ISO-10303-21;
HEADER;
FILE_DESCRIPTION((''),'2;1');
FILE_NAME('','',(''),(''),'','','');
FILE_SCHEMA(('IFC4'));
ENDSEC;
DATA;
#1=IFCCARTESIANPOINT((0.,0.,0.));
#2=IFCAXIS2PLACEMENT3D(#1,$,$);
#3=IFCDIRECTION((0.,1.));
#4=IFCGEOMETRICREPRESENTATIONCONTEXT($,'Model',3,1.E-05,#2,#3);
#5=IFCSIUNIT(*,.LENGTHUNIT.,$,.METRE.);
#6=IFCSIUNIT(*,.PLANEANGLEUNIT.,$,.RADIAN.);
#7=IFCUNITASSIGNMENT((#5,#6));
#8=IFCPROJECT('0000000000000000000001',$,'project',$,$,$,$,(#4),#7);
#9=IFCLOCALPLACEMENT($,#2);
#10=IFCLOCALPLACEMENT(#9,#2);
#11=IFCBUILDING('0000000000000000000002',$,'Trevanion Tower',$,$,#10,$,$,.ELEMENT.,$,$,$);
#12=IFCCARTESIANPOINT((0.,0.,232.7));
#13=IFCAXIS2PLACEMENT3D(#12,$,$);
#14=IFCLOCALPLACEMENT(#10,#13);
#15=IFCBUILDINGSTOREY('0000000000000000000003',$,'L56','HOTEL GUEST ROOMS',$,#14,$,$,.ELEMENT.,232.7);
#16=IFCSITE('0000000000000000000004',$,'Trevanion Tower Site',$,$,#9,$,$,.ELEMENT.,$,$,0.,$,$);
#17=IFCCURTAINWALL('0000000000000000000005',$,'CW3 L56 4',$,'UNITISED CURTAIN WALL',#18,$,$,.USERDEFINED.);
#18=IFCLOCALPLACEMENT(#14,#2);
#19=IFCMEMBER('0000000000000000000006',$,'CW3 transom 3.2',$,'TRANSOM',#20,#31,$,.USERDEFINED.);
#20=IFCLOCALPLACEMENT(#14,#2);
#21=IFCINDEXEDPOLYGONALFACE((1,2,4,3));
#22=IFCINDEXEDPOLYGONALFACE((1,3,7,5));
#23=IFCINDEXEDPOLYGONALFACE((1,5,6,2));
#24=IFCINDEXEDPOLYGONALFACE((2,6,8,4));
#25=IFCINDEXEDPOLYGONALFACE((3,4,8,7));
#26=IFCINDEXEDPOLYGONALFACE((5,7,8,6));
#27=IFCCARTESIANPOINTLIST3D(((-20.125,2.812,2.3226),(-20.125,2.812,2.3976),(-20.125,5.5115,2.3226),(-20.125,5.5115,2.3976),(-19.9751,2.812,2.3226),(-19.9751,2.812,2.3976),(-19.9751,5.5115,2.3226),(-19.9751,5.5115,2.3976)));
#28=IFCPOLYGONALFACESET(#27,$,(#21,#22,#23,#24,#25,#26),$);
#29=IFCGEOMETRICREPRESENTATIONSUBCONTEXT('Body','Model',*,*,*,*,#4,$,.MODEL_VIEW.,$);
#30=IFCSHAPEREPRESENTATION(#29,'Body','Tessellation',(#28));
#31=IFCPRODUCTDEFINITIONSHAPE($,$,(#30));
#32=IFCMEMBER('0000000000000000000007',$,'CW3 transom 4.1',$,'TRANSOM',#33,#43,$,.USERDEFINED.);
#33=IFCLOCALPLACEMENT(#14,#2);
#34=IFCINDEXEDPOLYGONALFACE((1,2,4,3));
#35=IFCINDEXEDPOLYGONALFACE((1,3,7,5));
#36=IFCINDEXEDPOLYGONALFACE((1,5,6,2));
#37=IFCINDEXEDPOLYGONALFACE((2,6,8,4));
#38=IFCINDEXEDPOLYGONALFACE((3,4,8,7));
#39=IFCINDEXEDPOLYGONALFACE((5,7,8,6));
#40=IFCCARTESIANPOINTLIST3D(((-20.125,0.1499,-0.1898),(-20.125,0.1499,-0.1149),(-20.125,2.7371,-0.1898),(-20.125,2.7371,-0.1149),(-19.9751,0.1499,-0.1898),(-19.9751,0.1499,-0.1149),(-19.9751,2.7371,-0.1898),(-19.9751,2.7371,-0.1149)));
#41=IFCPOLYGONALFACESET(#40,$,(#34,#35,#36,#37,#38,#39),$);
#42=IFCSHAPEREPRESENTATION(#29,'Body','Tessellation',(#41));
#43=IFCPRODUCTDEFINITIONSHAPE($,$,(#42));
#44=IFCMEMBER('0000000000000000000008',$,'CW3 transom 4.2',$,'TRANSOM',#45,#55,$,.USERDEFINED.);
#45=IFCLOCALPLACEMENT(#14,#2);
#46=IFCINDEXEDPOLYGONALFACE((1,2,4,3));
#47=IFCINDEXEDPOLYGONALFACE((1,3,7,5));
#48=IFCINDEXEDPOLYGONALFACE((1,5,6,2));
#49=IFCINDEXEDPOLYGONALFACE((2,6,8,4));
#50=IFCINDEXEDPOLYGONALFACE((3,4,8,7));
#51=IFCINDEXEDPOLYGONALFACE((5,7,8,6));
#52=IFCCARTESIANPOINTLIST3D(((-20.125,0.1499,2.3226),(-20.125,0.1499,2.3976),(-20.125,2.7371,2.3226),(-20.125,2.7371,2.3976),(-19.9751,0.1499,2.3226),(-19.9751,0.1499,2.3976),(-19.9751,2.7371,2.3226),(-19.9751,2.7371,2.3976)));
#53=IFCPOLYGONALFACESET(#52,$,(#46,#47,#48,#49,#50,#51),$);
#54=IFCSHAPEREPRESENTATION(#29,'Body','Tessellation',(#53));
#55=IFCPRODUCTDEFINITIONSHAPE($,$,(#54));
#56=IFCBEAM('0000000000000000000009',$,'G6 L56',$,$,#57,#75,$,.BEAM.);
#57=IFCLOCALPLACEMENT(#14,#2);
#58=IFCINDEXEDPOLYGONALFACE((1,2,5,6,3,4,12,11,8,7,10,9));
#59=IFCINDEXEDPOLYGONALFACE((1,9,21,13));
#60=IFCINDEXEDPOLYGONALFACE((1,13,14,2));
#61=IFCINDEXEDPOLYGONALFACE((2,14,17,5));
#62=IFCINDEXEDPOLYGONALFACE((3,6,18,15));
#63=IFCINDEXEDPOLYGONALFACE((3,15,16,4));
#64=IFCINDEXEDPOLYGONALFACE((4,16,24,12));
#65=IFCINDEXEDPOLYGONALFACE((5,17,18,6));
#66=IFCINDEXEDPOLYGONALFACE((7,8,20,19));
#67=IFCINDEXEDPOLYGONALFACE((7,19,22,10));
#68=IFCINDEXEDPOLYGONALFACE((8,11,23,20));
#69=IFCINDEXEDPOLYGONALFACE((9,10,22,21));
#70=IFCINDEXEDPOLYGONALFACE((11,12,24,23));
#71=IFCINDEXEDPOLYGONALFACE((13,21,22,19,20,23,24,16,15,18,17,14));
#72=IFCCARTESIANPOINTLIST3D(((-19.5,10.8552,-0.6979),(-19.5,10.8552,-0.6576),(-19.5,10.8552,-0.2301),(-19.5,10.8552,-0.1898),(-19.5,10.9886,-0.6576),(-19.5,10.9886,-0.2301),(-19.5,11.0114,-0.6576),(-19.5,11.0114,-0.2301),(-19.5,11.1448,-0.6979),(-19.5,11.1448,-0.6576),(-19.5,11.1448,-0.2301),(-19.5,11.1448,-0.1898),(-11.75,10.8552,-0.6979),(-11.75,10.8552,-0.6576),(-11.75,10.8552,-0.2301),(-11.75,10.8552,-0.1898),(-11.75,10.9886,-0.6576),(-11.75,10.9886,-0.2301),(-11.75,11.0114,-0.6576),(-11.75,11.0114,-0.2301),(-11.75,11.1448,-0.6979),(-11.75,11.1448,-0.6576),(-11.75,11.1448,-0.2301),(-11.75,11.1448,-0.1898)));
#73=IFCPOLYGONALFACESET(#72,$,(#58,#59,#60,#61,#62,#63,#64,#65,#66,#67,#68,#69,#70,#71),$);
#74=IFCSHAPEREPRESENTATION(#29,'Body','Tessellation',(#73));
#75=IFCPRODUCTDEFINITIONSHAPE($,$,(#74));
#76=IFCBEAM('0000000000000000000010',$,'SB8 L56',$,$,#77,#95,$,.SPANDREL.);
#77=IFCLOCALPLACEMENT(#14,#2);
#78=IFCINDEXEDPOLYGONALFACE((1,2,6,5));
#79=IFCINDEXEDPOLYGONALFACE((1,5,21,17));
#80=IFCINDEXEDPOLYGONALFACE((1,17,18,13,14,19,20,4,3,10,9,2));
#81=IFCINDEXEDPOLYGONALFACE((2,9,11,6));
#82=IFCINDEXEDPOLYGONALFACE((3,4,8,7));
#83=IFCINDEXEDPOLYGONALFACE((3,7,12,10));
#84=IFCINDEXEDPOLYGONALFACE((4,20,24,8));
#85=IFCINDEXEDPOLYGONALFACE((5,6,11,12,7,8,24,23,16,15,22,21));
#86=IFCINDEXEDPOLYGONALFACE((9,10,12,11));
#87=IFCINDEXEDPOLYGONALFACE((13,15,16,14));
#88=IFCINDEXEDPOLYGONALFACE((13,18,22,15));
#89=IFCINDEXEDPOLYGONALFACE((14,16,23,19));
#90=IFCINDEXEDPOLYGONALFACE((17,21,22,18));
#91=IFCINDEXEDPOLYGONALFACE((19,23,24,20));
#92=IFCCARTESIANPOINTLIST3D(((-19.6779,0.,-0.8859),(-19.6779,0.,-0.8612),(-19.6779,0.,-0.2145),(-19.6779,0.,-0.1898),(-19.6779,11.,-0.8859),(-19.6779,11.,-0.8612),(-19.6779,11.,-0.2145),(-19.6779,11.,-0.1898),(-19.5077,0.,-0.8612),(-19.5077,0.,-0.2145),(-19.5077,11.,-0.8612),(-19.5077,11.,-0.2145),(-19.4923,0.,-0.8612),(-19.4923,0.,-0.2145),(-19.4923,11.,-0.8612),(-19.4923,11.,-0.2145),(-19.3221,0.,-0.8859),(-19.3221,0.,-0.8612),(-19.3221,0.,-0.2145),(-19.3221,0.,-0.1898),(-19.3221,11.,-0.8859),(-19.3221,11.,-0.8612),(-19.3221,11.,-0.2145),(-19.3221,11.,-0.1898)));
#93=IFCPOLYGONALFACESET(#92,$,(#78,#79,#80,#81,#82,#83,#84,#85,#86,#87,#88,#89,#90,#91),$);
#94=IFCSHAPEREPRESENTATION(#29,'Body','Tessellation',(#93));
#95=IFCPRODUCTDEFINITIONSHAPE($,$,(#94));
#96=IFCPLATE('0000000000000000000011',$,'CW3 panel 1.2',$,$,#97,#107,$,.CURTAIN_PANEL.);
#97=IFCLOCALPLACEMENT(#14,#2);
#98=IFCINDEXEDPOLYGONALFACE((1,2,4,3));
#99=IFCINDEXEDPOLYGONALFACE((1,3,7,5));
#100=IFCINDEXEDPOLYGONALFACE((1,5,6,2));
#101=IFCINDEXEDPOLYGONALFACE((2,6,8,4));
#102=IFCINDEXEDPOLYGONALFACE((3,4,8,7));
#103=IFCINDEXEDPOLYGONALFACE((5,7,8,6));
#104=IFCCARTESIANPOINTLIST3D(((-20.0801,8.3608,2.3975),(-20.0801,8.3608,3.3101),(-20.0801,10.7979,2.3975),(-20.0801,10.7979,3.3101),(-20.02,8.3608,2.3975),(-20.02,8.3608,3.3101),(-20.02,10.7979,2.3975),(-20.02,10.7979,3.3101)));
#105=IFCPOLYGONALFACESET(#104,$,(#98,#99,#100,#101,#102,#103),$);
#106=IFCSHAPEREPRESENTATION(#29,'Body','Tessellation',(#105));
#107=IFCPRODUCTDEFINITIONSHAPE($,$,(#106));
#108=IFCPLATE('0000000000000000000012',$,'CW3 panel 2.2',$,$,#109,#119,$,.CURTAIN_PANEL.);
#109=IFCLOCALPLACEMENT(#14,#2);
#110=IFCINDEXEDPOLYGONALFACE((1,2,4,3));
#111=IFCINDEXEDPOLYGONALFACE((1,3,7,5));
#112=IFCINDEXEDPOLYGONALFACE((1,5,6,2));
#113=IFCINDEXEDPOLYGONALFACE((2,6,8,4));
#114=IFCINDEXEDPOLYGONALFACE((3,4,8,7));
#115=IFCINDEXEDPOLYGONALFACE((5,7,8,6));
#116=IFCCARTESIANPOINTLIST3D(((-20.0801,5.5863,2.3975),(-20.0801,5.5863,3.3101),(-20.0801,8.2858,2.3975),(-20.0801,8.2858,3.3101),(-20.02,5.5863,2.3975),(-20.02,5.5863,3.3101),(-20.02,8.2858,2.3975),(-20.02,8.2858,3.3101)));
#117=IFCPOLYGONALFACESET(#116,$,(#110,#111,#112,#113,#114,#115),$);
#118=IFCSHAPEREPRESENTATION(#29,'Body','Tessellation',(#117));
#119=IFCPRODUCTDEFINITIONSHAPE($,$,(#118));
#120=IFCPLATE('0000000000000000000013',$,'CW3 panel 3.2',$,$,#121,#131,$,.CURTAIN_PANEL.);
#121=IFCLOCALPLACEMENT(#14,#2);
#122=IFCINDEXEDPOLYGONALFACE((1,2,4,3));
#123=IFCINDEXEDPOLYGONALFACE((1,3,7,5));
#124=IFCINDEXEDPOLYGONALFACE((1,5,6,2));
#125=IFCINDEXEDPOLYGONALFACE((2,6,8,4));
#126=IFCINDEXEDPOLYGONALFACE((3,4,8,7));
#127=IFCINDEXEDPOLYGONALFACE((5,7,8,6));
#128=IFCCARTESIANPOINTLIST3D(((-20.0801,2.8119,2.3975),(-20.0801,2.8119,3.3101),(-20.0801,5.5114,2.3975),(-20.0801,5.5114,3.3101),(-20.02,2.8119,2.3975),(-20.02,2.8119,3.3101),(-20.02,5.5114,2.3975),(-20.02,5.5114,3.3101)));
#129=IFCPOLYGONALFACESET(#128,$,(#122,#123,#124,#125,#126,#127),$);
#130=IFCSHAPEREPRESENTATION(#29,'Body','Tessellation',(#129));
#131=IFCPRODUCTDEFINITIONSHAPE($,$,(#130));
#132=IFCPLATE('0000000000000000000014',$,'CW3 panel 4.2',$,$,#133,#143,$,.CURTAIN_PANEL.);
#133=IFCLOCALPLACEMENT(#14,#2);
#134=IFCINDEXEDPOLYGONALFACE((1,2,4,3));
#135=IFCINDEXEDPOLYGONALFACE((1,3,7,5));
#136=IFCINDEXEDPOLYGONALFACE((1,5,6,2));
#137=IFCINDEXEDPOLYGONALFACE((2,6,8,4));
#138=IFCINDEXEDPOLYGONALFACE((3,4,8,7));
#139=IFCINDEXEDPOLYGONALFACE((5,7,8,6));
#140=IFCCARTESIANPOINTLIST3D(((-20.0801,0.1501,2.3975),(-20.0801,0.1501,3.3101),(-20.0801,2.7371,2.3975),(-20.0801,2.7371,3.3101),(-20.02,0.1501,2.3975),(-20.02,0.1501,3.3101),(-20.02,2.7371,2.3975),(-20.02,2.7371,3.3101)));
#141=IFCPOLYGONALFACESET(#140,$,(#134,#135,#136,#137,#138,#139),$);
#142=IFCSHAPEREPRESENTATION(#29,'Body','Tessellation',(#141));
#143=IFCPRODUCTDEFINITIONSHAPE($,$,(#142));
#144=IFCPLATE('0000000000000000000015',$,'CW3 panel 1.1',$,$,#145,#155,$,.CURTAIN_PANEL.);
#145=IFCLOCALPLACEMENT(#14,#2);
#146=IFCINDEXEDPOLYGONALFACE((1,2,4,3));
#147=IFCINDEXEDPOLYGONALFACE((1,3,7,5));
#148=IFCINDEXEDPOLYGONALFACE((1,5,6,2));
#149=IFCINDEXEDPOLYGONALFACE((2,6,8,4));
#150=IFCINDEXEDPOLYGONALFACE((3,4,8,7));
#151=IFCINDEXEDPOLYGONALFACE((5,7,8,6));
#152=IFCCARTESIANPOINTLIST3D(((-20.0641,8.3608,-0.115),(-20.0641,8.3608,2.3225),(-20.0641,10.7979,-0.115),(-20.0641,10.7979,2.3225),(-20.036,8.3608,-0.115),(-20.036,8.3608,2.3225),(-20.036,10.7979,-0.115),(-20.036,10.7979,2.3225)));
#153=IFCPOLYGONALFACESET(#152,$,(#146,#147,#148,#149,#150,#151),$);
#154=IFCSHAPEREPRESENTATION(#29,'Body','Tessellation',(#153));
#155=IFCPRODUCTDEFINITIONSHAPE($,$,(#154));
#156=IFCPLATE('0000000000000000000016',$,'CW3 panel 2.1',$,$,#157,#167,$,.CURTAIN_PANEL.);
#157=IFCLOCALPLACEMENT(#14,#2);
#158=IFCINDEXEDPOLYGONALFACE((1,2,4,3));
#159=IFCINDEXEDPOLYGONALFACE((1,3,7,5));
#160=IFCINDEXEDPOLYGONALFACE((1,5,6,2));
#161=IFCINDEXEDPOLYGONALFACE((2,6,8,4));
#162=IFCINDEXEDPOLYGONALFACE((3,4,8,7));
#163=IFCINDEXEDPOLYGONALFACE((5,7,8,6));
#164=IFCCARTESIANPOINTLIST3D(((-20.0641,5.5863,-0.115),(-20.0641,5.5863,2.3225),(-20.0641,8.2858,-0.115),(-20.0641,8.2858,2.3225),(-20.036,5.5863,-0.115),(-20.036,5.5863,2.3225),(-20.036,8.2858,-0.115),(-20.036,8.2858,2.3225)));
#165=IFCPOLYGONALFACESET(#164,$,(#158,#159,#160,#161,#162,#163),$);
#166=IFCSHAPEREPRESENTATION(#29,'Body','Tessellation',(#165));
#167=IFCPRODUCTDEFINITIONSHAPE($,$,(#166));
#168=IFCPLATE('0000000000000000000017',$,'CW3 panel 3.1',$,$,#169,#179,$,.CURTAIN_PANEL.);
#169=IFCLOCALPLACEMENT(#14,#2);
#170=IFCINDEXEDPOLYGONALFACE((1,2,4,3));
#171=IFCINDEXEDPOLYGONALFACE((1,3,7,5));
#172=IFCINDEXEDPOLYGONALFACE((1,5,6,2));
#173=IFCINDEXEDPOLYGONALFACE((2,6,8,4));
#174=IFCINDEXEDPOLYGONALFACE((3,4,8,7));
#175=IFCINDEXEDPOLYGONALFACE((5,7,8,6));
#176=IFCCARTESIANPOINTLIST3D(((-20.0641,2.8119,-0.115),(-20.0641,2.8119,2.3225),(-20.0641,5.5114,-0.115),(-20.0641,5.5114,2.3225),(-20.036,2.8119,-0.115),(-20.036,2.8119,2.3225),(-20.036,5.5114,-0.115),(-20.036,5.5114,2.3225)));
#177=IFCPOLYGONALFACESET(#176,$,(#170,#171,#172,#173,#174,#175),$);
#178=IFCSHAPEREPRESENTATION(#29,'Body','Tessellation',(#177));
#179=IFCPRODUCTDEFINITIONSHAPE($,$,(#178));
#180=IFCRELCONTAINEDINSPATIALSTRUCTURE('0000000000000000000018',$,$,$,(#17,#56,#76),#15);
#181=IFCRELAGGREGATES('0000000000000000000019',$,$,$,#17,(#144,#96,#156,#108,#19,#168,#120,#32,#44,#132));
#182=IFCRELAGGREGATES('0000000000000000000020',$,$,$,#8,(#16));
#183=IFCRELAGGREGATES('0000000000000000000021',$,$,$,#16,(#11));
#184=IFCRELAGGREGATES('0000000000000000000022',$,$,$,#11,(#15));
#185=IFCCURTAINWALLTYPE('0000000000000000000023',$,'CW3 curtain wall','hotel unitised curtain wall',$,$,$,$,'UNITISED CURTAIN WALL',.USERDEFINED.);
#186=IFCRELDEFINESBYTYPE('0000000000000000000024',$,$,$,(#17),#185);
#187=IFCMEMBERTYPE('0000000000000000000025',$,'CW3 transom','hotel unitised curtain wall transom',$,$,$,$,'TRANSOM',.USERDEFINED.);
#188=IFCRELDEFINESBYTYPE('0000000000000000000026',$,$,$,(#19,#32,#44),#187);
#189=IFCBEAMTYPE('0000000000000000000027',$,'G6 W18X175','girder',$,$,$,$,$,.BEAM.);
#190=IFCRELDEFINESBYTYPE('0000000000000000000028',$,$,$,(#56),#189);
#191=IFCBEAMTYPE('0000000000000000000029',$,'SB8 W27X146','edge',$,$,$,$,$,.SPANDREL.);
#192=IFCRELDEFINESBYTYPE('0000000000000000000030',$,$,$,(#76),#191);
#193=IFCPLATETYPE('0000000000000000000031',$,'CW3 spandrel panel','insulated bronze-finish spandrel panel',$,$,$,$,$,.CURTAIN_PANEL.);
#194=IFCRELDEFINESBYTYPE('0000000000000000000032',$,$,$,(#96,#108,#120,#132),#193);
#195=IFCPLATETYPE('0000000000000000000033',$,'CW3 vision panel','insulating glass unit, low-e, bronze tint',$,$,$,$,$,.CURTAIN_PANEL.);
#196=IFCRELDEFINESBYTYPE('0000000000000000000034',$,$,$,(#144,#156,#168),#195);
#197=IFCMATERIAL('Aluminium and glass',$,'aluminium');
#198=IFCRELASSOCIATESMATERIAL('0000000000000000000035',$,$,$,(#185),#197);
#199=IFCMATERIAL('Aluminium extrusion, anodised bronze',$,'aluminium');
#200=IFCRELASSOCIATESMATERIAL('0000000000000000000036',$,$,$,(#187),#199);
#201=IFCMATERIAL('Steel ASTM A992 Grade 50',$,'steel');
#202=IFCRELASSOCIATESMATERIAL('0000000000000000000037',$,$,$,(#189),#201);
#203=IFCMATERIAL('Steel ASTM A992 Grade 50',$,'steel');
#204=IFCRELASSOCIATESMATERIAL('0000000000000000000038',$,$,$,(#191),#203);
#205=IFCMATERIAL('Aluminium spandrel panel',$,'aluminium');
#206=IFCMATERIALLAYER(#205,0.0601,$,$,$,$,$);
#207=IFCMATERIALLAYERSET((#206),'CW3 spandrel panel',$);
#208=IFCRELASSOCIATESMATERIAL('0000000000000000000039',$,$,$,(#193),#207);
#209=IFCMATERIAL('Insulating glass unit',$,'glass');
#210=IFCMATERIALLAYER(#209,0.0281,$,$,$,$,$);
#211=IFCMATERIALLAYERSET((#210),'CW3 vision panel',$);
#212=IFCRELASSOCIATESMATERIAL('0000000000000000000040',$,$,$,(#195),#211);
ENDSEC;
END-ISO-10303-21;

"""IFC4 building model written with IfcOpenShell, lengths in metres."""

from ifc_helpers import new_model, si_unit, direction, frame, origin, origin_2d, place, context, subcontext, project, spatial, rectangle, i_section, extrude, material, layer, layer_set, material_profile, profile_set, type_object, element, aggregate, save


model = new_model("IFC4")

# Units and contexts
model_context = context("Model", 3, precision=1e-05, world=origin(), true_north=direction((0.0, 1.0)))
body_context = subcontext(model_context, "Body", "Model", "MODEL_VIEW")
ifc_project = project(units=[si_unit("LENGTHUNIT", "METRE"), si_unit("PLANEANGLEUNIT", "RADIAN")], contexts=[model_context])

# Site, building, storey
site_placement = place(None, origin())
site = spatial("IfcSite", under=ifc_project, at=site_placement, Name="Trevanion Tower Site", CompositionType="ELEMENT", RefElevation=0.0)
building_placement = place(site_placement, origin())
building = spatial("IfcBuilding", under=site, at=building_placement, Name="Trevanion Tower", CompositionType="ELEMENT")
storey_placement = place(building_placement, frame((0.0, 0.0, 232.7)))
storey = spatial("IfcBuildingStorey", under=building, at=storey_placement, Name="L56", Description="HOTEL GUEST ROOMS", CompositionType="ELEMENT", Elevation=232.7)

# Curtain wall, members
ifc_material_1 = material(Name="Aluminium and glass", Category="aluminium")
curtain_wall_type = type_object("IfcCurtainWallType", Name="CW3 curtain wall", Description="hotel unitised curtain wall", ElementType="UNITISED CURTAIN WALL", PredefinedType="USERDEFINED", material=ifc_material_1)
curtain_wall_placement = place(storey_placement, origin())
curtain_wall = element("IfcCurtainWall", 1, at=curtain_wall_placement, inside=storey, type_object=curtain_wall_type, Name="CW3 L56 4", ObjectType="UNITISED CURTAIN WALL", PredefinedType="USERDEFINED")
ifc_material_2 = material(Name="Aluminium extrusion, anodised bronze", Category="aluminium")
ifc_material_profile_1 = material_profile(ifc_material_2, rectangle(XDim=0.1499, YDim=0.075, at=origin_2d()), Name="CW3 transom")
ifc_profile_set_1 = profile_set([ifc_material_profile_1], Name="Aluminium extrusion, anodised bronze")
member_type_1 = type_object("IfcMemberType", Name="CW3 transom", Description="hotel unitised curtain wall transom", ElementType="TRANSOM", PredefinedType="USERDEFINED", material=ifc_profile_set_1)
member_1_placement = place(storey_placement, frame((-20.05, 5.5115, 2.3601), z_axis=(0.0, -1.0, 0.0), x_axis=(1.0, 0.0, 0.0)))
member_1 = element("IfcMember", 2, at=member_1_placement, type_object=member_type_1, Name="CW3 transom 3.2", ObjectType="TRANSOM", PredefinedType="USERDEFINED", context=body_context, shape_type="SweptSolid", body=[
    extrude(rectangle(XDim=0.1499, YDim=0.075, at=origin_2d()), origin(), (0.0, 0.0, 1.0), 2.6995),
])
member_2_placement = place(storey_placement, frame((-20.05, 2.7371, -0.1523), z_axis=(0.0, -1.0, 0.0), x_axis=(1.0, 0.0, 0.0)))
member_2 = element("IfcMember", 3, at=member_2_placement, type_object=member_type_1, Name="CW3 transom 4.1", ObjectType="TRANSOM", PredefinedType="USERDEFINED", context=body_context, shape_type="SweptSolid", body=[
    extrude(rectangle(XDim=0.1499, YDim=0.075, at=origin_2d()), origin(), (0.0, 0.0, 1.0), 2.5872),
])
member_3_placement = place(storey_placement, frame((-20.05, 2.7371, 2.3601), z_axis=(0.0, -1.0, 0.0), x_axis=(1.0, 0.0, 0.0)))
member_3 = element("IfcMember", 4, at=member_3_placement, type_object=member_type_1, Name="CW3 transom 4.2", ObjectType="TRANSOM", PredefinedType="USERDEFINED", context=body_context, shape_type="SweptSolid", body=[
    extrude(rectangle(XDim=0.1499, YDim=0.075, at=origin_2d()), origin(), (0.0, 0.0, 1.0), 2.5872),
])

# Beams
ifc_material_3 = material(Name="Steel ASTM A992 Grade 50", Category="steel")
ifc_material_profile_2 = material_profile(ifc_material_3, i_section(OverallWidth=0.2896, OverallDepth=0.5081, WebThickness=0.0227, FlangeThickness=0.0403, at=origin_2d()), Name="W18X175")
ifc_profile_set_2 = profile_set([ifc_material_profile_2], Name="Steel ASTM A992 Grade 50")
beam_type_1 = type_object("IfcBeamType", Name="G6 W18X175", Description="girder", PredefinedType="BEAM", material=ifc_profile_set_2)
beam_1_placement = place(storey_placement, frame((-11.75, 11.0, -0.4438), z_axis=(-1.0, 0.0, 0.0), x_axis=(0.0, -1.0, 0.0)))
element("IfcBeam", 5, at=beam_1_placement, inside=storey, type_object=beam_type_1, Name="G6 L56", PredefinedType="BEAM", context=body_context, shape_type="SweptSolid", body=[
    extrude(i_section(OverallWidth=0.2896, OverallDepth=0.5081, WebThickness=0.0227, FlangeThickness=0.0403, at=origin_2d()), origin(), (0.0, 0.0, 1.0), 7.75),
])
ifc_material_4 = material(Name="Steel ASTM A992 Grade 50", Category="steel")
ifc_material_profile_3 = material_profile(ifc_material_4, i_section(OverallWidth=0.3557, OverallDepth=0.696, WebThickness=0.0154, FlangeThickness=0.0247, at=origin_2d()), Name="W27X146")
ifc_profile_set_3 = profile_set([ifc_material_profile_3], Name="Steel ASTM A992 Grade 50")
beam_type_2 = type_object("IfcBeamType", Name="SB8 W27X146", Description="edge", PredefinedType="SPANDREL", material=ifc_profile_set_3)
beam_2_placement = place(storey_placement, frame((-19.5, 11.0, -0.5378), z_axis=(0.0, -1.0, 0.0), x_axis=(1.0, 0.0, 0.0)))
element("IfcBeam", 6, at=beam_2_placement, inside=storey, type_object=beam_type_2, Name="SB8 L56", PredefinedType="SPANDREL", context=body_context, shape_type="SweptSolid", body=[
    extrude(i_section(OverallWidth=0.3557, OverallDepth=0.696, WebThickness=0.0154, FlangeThickness=0.0247, at=origin_2d()), origin(), (0.0, 0.0, 1.0), 11.0),
])

# Plates
ifc_material_5 = material(Name="Aluminium spandrel panel", Category="aluminium")
ifc_layer_1 = layer(ifc_material_5, 0.0601)
ifc_layer_set_1 = layer_set([ifc_layer_1], Name="CW3 spandrel panel")
plate_type_1 = type_object("IfcPlateType", Name="CW3 spandrel panel", Description="insulated bronze-finish spandrel panel", PredefinedType="CURTAIN_PANEL", material=ifc_layer_set_1)
plate_1_placement = place(storey_placement, frame((-20.05, 9.5793, 2.3975), z_axis=(0.0, 0.0, 1.0), x_axis=(0.0, -1.0, 0.0)))
plate_1 = element("IfcPlate", 7, at=plate_1_placement, type_object=plate_type_1, Name="CW3 panel 1.2", PredefinedType="CURTAIN_PANEL", context=body_context, shape_type="SweptSolid", body=[
    extrude(rectangle(XDim=2.437, YDim=0.0601, at=origin_2d()), origin(), (0.0, 0.0, 1.0), 0.9126),
])
plate_2_placement = place(storey_placement, frame((-20.05, 6.936, 2.3975), z_axis=(0.0, 0.0, 1.0), x_axis=(0.0, -1.0, 0.0)))
plate_2 = element("IfcPlate", 8, at=plate_2_placement, type_object=plate_type_1, Name="CW3 panel 2.2", PredefinedType="CURTAIN_PANEL", context=body_context, shape_type="SweptSolid", body=[
    extrude(rectangle(XDim=2.6995, YDim=0.0601, at=origin_2d()), origin(), (0.0, 0.0, 1.0), 0.9126),
])
plate_3_placement = place(storey_placement, frame((-20.05, 4.1616, 2.3975), z_axis=(0.0, 0.0, 1.0), x_axis=(0.0, -1.0, 0.0)))
plate_3 = element("IfcPlate", 9, at=plate_3_placement, type_object=plate_type_1, Name="CW3 panel 3.2", PredefinedType="CURTAIN_PANEL", context=body_context, shape_type="SweptSolid", body=[
    extrude(rectangle(XDim=2.6995, YDim=0.0601, at=origin_2d()), origin(), (0.0, 0.0, 1.0), 0.9126),
])
plate_4_placement = place(storey_placement, frame((-20.05, 1.4436, 2.3975), z_axis=(0.0, 0.0, 1.0), x_axis=(0.0, -1.0, 0.0)))
plate_4 = element("IfcPlate", 10, at=plate_4_placement, type_object=plate_type_1, Name="CW3 panel 4.2", PredefinedType="CURTAIN_PANEL", context=body_context, shape_type="SweptSolid", body=[
    extrude(rectangle(XDim=2.5869, YDim=0.0601, at=origin_2d()), origin(), (0.0, 0.0, 1.0), 0.9126),
])
ifc_material_6 = material(Name="Insulating glass unit", Category="glass")
ifc_layer_2 = layer(ifc_material_6, 0.0281)
ifc_layer_set_2 = layer_set([ifc_layer_2], Name="CW3 vision panel")
plate_type_2 = type_object("IfcPlateType", Name="CW3 vision panel", Description="insulating glass unit, low-e, bronze tint", PredefinedType="CURTAIN_PANEL", material=ifc_layer_set_2)
plate_5_placement = place(storey_placement, frame((-20.05, 9.5793, -0.115), z_axis=(0.0, 0.0, 1.0), x_axis=(0.0, -1.0, 0.0)))
plate_5 = element("IfcPlate", 11, at=plate_5_placement, type_object=plate_type_2, Name="CW3 panel 1.1", PredefinedType="CURTAIN_PANEL", context=body_context, shape_type="SweptSolid", body=[
    extrude(rectangle(XDim=2.437, YDim=0.0281, at=origin_2d()), origin(), (0.0, 0.0, 1.0), 2.4375),
])
plate_6_placement = place(storey_placement, frame((-20.05, 6.936, -0.115), z_axis=(0.0, 0.0, 1.0), x_axis=(0.0, -1.0, 0.0)))
plate_6 = element("IfcPlate", 12, at=plate_6_placement, type_object=plate_type_2, Name="CW3 panel 2.1", PredefinedType="CURTAIN_PANEL", context=body_context, shape_type="SweptSolid", body=[
    extrude(rectangle(XDim=2.6995, YDim=0.0281, at=origin_2d()), origin(), (0.0, 0.0, 1.0), 2.4375),
])
plate_7_placement = place(storey_placement, frame((-20.05, 4.1616, -0.115), z_axis=(0.0, 0.0, 1.0), x_axis=(0.0, -1.0, 0.0)))
plate_7 = element("IfcPlate", 13, at=plate_7_placement, type_object=plate_type_2, Name="CW3 panel 3.1", PredefinedType="CURTAIN_PANEL", context=body_context, shape_type="SweptSolid", body=[
    extrude(rectangle(XDim=2.6995, YDim=0.0281, at=origin_2d()), origin(), (0.0, 0.0, 1.0), 2.4375),
])
aggregate(curtain_wall, [plate_5, plate_1, plate_6, plate_2, member_1, plate_7, plate_3, member_2, member_3, plate_4])

save(model, "model.ifc")
